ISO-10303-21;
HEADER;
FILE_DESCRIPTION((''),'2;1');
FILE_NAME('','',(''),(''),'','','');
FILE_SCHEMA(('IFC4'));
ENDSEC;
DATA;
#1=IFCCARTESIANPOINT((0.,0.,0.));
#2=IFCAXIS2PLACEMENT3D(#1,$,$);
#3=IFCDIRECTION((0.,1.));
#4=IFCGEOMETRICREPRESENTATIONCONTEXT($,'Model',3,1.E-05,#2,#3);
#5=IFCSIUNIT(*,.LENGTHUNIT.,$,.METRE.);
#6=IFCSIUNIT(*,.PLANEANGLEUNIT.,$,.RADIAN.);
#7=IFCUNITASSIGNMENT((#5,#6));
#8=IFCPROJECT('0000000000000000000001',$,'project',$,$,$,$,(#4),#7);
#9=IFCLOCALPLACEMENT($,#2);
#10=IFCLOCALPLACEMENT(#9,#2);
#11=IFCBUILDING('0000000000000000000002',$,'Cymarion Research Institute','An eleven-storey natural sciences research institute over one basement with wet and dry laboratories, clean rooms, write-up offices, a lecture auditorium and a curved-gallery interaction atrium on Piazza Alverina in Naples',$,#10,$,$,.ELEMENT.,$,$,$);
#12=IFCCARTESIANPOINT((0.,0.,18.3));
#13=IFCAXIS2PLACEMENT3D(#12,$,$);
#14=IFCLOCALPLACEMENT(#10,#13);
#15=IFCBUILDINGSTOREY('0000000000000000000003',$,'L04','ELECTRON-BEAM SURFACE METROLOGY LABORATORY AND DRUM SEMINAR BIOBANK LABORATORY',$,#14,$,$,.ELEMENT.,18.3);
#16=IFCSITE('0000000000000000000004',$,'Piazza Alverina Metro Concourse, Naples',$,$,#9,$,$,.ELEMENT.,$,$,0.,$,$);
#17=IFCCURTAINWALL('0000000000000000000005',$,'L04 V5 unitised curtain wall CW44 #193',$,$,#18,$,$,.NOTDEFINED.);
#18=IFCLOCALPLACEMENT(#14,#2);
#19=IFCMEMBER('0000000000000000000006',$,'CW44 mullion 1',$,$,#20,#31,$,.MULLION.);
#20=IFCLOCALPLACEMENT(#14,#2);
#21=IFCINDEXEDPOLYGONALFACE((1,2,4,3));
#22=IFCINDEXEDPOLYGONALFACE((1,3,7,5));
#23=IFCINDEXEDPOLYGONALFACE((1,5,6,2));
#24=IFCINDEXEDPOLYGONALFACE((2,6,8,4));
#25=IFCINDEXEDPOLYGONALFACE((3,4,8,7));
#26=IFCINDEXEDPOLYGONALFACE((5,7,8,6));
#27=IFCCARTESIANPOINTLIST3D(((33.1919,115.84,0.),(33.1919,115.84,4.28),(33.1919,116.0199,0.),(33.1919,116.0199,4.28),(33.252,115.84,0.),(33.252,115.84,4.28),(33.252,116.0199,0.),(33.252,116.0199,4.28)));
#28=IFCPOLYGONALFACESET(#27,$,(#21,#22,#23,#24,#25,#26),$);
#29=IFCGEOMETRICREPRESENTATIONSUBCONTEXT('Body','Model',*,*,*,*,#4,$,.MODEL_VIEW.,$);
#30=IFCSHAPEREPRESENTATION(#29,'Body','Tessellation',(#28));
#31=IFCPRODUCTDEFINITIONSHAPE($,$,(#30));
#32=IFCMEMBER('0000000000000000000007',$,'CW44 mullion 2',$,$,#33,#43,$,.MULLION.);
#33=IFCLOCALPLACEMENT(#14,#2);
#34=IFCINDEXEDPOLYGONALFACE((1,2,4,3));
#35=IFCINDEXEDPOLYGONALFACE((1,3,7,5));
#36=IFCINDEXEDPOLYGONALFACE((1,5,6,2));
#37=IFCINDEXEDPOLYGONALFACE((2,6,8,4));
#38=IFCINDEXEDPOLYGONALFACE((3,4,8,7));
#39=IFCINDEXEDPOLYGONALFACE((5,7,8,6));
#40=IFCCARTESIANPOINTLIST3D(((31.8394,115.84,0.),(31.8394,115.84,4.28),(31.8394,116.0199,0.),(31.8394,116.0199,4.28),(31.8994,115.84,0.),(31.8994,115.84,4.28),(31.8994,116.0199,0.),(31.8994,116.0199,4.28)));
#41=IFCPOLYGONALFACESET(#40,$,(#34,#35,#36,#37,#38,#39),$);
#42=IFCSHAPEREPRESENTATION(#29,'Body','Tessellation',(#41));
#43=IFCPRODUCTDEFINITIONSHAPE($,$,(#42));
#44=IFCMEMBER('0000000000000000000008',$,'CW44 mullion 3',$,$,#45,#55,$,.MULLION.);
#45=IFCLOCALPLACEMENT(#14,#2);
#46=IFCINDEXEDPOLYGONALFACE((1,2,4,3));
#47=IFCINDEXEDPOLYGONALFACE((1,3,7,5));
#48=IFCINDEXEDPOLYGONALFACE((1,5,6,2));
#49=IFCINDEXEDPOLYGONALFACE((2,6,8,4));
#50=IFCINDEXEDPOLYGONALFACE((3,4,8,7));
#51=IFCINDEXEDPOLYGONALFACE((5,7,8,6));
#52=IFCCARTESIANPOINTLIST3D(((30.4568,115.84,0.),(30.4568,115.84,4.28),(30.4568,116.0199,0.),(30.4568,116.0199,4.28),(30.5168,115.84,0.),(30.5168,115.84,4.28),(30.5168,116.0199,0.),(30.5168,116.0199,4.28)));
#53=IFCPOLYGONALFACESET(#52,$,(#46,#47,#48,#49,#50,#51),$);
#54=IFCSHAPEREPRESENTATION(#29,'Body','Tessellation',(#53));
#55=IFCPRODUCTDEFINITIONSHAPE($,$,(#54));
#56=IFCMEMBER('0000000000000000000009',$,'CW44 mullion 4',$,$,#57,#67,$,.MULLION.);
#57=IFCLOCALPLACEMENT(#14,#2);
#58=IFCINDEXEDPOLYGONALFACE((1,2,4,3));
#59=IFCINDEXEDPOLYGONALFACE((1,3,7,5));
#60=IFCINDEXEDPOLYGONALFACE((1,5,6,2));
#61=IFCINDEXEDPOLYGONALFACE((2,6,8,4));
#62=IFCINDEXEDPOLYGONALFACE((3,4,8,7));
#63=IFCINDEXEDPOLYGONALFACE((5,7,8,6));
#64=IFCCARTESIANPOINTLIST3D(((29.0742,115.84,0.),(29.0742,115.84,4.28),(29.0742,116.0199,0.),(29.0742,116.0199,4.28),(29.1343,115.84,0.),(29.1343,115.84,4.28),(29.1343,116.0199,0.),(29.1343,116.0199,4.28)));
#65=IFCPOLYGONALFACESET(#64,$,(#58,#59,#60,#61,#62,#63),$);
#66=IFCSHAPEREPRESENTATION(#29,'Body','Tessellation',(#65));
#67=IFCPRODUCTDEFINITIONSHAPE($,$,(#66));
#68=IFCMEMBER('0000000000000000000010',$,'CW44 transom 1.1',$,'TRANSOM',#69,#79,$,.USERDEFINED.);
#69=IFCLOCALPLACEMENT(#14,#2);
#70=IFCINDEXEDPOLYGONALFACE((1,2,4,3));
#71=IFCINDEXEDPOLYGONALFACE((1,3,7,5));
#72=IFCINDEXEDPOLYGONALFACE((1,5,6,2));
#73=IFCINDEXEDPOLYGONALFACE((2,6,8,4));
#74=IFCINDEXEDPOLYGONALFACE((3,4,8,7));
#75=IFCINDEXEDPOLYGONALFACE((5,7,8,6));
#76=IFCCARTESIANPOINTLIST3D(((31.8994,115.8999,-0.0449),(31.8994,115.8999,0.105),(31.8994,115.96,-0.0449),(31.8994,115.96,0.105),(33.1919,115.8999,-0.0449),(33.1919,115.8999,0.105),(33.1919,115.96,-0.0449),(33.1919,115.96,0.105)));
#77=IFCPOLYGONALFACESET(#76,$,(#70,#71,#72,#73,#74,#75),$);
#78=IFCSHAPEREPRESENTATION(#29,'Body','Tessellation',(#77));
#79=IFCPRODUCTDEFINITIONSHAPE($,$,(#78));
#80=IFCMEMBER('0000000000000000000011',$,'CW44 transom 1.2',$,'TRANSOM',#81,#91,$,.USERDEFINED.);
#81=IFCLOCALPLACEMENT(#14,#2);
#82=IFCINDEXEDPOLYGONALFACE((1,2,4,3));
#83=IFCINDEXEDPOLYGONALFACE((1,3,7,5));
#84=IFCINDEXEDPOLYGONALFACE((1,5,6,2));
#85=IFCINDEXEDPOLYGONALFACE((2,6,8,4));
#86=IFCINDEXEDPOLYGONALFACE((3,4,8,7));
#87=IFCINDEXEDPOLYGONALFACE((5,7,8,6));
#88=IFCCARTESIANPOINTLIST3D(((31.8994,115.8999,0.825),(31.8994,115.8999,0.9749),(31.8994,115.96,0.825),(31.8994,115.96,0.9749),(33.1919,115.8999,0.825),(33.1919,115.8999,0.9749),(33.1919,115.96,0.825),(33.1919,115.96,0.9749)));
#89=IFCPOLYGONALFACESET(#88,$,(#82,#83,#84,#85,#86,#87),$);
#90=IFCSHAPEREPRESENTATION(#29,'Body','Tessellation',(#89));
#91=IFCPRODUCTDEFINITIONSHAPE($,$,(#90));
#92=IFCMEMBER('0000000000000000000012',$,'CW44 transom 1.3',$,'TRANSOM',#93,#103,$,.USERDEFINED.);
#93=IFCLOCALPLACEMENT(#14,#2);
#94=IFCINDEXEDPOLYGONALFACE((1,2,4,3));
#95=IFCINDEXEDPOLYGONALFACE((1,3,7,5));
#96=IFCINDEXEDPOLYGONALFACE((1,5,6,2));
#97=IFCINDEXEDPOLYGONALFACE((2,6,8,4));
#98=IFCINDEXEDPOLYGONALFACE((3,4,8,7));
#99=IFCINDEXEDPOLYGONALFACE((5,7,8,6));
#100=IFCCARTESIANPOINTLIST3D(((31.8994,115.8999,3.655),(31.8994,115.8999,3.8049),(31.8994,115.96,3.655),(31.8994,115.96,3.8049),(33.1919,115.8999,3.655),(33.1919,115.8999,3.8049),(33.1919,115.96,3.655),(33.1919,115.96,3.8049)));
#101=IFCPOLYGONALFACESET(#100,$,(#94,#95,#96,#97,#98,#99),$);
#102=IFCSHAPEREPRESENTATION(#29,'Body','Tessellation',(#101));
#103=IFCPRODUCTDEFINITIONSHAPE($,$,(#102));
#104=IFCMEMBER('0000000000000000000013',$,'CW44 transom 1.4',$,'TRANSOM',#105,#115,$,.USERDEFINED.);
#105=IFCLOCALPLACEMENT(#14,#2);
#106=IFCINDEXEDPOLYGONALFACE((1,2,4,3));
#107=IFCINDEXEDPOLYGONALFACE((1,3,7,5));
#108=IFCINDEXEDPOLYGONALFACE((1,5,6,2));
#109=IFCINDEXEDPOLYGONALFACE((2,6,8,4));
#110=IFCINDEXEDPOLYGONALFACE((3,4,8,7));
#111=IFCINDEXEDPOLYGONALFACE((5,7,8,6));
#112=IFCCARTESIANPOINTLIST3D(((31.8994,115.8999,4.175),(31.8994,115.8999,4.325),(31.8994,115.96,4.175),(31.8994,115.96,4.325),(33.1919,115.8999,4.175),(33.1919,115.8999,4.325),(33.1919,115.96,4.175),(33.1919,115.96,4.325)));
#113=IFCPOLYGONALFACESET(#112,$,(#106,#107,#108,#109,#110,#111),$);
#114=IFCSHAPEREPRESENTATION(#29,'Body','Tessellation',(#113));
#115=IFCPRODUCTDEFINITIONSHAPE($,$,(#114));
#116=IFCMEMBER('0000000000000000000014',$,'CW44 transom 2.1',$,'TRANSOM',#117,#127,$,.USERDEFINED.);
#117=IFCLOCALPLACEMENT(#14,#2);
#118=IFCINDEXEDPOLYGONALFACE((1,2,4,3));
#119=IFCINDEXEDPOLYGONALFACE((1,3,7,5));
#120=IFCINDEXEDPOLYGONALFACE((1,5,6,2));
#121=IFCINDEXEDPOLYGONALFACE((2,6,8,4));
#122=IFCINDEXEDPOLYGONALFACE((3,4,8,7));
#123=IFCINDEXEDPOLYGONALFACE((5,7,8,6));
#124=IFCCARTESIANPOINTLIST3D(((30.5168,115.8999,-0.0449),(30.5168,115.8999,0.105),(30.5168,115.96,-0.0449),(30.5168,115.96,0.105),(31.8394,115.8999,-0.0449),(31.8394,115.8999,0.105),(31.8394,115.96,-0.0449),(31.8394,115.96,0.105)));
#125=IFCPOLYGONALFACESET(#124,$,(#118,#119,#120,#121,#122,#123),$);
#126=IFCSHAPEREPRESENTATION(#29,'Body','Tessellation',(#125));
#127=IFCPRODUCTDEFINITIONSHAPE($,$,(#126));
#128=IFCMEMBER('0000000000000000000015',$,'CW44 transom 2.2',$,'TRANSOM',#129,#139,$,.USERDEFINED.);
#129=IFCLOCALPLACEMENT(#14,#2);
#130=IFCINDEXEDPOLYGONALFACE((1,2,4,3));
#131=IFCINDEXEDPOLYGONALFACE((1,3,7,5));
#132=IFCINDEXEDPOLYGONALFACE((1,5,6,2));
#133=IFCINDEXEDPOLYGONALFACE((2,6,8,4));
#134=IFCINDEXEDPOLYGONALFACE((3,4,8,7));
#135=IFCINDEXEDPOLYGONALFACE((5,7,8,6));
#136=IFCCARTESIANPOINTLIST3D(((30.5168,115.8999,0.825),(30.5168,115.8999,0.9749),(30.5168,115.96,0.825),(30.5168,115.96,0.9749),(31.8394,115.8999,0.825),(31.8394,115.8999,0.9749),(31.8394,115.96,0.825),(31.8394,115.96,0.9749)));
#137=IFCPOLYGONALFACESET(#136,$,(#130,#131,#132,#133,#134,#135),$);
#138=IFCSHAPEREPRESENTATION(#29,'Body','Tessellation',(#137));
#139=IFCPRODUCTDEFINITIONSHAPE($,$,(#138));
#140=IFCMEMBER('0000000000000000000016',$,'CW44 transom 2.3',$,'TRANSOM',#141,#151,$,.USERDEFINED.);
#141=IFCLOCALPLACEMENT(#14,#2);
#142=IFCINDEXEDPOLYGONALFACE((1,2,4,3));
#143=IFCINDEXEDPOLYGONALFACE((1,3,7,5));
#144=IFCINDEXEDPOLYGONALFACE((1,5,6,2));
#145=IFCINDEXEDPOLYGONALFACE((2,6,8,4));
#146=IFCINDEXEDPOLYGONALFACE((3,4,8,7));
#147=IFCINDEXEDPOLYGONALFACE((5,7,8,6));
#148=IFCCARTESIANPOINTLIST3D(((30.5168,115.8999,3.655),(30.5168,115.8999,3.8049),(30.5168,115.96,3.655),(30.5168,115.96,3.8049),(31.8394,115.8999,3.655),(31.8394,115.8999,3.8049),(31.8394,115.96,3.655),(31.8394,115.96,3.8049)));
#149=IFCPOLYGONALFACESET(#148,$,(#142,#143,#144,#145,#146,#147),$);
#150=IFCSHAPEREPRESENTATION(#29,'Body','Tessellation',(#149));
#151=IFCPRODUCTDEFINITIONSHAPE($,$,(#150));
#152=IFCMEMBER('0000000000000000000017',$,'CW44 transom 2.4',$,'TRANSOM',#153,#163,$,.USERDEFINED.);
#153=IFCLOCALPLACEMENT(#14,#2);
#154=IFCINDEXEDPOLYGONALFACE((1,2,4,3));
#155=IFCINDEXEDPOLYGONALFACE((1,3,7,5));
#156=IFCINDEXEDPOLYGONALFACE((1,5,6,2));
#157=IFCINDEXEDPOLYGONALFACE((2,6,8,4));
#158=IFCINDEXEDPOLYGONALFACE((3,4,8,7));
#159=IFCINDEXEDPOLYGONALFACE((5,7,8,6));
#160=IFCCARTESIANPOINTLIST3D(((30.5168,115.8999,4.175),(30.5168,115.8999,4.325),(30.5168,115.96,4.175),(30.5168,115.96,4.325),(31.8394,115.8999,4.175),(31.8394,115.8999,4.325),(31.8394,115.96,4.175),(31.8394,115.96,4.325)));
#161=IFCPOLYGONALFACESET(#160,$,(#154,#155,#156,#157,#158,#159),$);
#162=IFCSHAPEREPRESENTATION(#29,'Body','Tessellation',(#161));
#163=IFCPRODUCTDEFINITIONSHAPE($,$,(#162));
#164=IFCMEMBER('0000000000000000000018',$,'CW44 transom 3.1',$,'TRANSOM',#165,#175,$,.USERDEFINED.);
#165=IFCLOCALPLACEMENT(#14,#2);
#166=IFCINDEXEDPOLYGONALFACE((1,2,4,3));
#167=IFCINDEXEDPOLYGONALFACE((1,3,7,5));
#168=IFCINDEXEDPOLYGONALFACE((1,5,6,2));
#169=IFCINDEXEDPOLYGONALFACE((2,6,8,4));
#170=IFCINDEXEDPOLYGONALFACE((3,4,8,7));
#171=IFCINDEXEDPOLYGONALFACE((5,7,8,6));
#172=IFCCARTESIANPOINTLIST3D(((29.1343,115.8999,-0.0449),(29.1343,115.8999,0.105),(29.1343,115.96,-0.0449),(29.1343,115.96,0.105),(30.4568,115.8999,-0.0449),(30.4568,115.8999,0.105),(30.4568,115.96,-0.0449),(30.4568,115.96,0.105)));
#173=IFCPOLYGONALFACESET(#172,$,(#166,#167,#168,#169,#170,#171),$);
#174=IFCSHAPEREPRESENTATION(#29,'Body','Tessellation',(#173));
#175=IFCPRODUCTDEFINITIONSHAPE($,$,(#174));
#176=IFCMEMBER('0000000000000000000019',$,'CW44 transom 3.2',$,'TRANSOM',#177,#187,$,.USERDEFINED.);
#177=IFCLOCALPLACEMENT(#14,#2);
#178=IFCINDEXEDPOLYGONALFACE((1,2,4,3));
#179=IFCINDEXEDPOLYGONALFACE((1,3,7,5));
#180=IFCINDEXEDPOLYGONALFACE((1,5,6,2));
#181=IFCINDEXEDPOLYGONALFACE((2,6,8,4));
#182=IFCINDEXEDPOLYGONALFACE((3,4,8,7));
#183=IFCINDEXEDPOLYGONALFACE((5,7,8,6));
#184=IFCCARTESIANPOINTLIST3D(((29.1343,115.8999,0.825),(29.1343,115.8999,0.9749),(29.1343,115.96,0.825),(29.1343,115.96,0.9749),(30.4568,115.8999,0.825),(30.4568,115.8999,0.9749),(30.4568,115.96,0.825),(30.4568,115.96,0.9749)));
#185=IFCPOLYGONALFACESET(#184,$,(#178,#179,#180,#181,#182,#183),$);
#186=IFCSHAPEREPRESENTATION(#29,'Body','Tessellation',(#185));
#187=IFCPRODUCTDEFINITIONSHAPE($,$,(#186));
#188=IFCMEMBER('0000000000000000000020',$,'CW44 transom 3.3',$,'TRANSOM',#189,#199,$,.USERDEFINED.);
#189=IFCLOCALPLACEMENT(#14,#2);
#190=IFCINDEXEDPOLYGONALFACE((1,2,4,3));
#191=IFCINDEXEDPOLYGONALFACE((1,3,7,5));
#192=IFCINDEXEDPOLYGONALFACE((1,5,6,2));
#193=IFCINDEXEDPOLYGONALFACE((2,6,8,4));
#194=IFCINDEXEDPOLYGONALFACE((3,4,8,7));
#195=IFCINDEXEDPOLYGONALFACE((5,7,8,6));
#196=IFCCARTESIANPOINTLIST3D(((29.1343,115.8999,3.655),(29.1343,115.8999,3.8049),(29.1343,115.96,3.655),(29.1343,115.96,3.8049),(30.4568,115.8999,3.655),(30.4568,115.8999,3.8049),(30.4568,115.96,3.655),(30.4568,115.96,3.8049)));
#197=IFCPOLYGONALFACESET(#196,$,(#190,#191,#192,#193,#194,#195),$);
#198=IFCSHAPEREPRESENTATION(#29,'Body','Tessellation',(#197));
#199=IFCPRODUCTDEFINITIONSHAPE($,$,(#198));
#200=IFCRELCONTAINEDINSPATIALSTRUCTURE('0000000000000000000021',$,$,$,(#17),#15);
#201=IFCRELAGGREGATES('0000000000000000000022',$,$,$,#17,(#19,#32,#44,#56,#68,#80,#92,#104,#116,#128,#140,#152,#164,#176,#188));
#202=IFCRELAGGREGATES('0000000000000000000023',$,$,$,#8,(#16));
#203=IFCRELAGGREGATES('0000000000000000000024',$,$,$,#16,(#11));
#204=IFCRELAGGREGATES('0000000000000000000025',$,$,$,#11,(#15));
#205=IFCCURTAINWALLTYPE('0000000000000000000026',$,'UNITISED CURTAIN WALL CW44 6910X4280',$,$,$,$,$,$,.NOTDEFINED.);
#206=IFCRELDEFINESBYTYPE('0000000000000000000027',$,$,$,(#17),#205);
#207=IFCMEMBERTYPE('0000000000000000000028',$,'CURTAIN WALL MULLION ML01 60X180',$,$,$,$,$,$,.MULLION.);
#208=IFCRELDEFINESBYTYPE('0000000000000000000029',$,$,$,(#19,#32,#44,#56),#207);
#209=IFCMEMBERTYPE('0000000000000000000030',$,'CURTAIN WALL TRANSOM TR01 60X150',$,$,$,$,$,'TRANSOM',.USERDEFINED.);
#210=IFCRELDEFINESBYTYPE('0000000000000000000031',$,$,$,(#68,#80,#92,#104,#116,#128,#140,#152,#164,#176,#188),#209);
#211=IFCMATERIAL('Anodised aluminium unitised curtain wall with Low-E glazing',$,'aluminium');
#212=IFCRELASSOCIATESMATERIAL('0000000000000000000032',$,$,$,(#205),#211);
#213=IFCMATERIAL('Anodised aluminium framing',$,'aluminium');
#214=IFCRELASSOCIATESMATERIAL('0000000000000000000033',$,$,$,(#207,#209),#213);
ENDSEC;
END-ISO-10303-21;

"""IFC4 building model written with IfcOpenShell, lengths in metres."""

from ifc_helpers import new_model, si_unit, direction, frame, origin, origin_2d, place, context, subcontext, project, spatial, rectangle, extrude, material, material_profile, profile_set, type_object, element, aggregate, save


model = new_model("IFC4")

# Units and contexts
model_context = context("Model", 3, precision=1e-05, world=origin(), true_north=direction((0.0, 1.0)))
body_context = subcontext(model_context, "Body", "Model", "MODEL_VIEW")
ifc_project = project(units=[si_unit("LENGTHUNIT", "METRE"), si_unit("PLANEANGLEUNIT", "RADIAN")], contexts=[model_context])

# Site, building, storey
site_placement = place(None, origin())
site = spatial("IfcSite", under=ifc_project, at=site_placement, Name="Piazza Alverina Metro Concourse, Naples", CompositionType="ELEMENT", RefElevation=0.0)
building_placement = place(site_placement, origin())
building = spatial("IfcBuilding", under=site, at=building_placement, Name="Cymarion Research Institute", Description="An eleven-storey natural sciences research institute over one basement with wet and dry laboratories, clean rooms, write-up offices, a lecture auditorium and a curved-gallery interaction atrium on Piazza Alverina in Naples", CompositionType="ELEMENT")
storey_placement = place(building_placement, frame((0.0, 0.0, 18.3)))
storey = spatial("IfcBuildingStorey", under=building, at=storey_placement, Name="L04", Description="ELECTRON-BEAM SURFACE METROLOGY LABORATORY AND DRUM SEMINAR BIOBANK LABORATORY", CompositionType="ELEMENT", Elevation=18.3)

# Curtain wall, members
ifc_material_1 = material(Name="Anodised aluminium unitised curtain wall with Low-E glazing", Category="aluminium")
curtain_wall_type = type_object("IfcCurtainWallType", Name="UNITISED CURTAIN WALL CW44 6910X4280", PredefinedType="NOTDEFINED", material=ifc_material_1)
curtain_wall_placement = place(storey_placement, origin())
curtain_wall = element("IfcCurtainWall", 1, at=curtain_wall_placement, inside=storey, type_object=curtain_wall_type, Name="L04 V5 unitised curtain wall CW44 #193", PredefinedType="NOTDEFINED")
ifc_material_2 = material(Name="Anodised aluminium framing", Category="aluminium")
ifc_material_profile_1 = material_profile(ifc_material_2, rectangle(XDim=0.0601, YDim=0.1799, at=origin_2d()), Name="ALU MULLION 60x180")
ifc_profile_set_1 = profile_set([ifc_material_profile_1], Name="Anodised aluminium framing")
member_type_1 = type_object("IfcMemberType", Name="CURTAIN WALL MULLION ML01 60X180", PredefinedType="MULLION", material=ifc_profile_set_1)
member_1_placement = place(storey_placement, frame((33.2219, 115.9299, 0.0), z_axis=(0.0, 0.0, 1.0), x_axis=(-1.0, 0.0, 0.0)))
member_1 = element("IfcMember", 2, at=member_1_placement, type_object=member_type_1, Name="CW44 mullion 1", PredefinedType="MULLION", context=body_context, shape_type="SweptSolid", body=[
    extrude(rectangle(XDim=0.0601, YDim=0.1799, at=origin_2d()), origin(), (0.0, 0.0, 1.0), 4.28),
])
member_2_placement = place(storey_placement, frame((31.8694, 115.9299, 0.0), z_axis=(0.0, 0.0, 1.0), x_axis=(-1.0, 0.0, 0.0)))
member_2 = element("IfcMember", 3, at=member_2_placement, type_object=member_type_1, Name="CW44 mullion 2", PredefinedType="MULLION", context=body_context, shape_type="SweptSolid", body=[
    extrude(rectangle(XDim=0.0601, YDim=0.1799, at=origin_2d()), origin(), (0.0, 0.0, 1.0), 4.28),
])
member_3_placement = place(storey_placement, frame((30.4868, 115.9299, 0.0), z_axis=(0.0, 0.0, 1.0), x_axis=(-1.0, 0.0, 0.0)))
member_3 = element("IfcMember", 4, at=member_3_placement, type_object=member_type_1, Name="CW44 mullion 3", PredefinedType="MULLION", context=body_context, shape_type="SweptSolid", body=[
    extrude(rectangle(XDim=0.0601, YDim=0.1799, at=origin_2d()), origin(), (0.0, 0.0, 1.0), 4.28),
])
member_4_placement = place(storey_placement, frame((29.1042, 115.9299, 0.0), z_axis=(0.0, 0.0, 1.0), x_axis=(-1.0, 0.0, 0.0)))
member_4 = element("IfcMember", 5, at=member_4_placement, type_object=member_type_1, Name="CW44 mullion 4", PredefinedType="MULLION", context=body_context, shape_type="SweptSolid", body=[
    extrude(rectangle(XDim=0.0601, YDim=0.1799, at=origin_2d()), origin(), (0.0, 0.0, 1.0), 4.28),
])
ifc_material_profile_2 = material_profile(ifc_material_2, rectangle(XDim=0.0601, YDim=0.1499, at=origin_2d()), Name="ALU TRANSOM 60x150")
ifc_profile_set_2 = profile_set([ifc_material_profile_2], Name="Anodised aluminium framing")
member_type_2 = type_object("IfcMemberType", Name="CURTAIN WALL TRANSOM TR01 60X150", ElementType="TRANSOM", PredefinedType="USERDEFINED", material=ifc_profile_set_2)
member_5_placement = place(storey_placement, frame((33.1919, 115.9299, 0.03), z_axis=(-1.0, 0.0, 0.0), x_axis=(0.0, -1.0, 0.0)))
member_5 = element("IfcMember", 6, at=member_5_placement, type_object=member_type_2, Name="CW44 transom 1.1", ObjectType="TRANSOM", PredefinedType="USERDEFINED", context=body_context, shape_type="SweptSolid", body=[
    extrude(rectangle(XDim=0.0601, YDim=0.1499, at=origin_2d()), origin(), (0.0, 0.0, 1.0), 1.2925),
])
member_6_placement = place(storey_placement, frame((33.1919, 115.9299, 0.8999), z_axis=(-1.0, 0.0, 0.0), x_axis=(0.0, -1.0, 0.0)))
member_6 = element("IfcMember", 7, at=member_6_placement, type_object=member_type_2, Name="CW44 transom 1.2", ObjectType="TRANSOM", PredefinedType="USERDEFINED", context=body_context, shape_type="SweptSolid", body=[
    extrude(rectangle(XDim=0.0601, YDim=0.1499, at=origin_2d()), origin(), (0.0, 0.0, 1.0), 1.2925),
])
member_7_placement = place(storey_placement, frame((33.1919, 115.9299, 3.73), z_axis=(-1.0, 0.0, 0.0), x_axis=(0.0, -1.0, 0.0)))
member_7 = element("IfcMember", 8, at=member_7_placement, type_object=member_type_2, Name="CW44 transom 1.3", ObjectType="TRANSOM", PredefinedType="USERDEFINED", context=body_context, shape_type="SweptSolid", body=[
    extrude(rectangle(XDim=0.0601, YDim=0.1499, at=origin_2d()), origin(), (0.0, 0.0, 1.0), 1.2925),
])
member_8_placement = place(storey_placement, frame((33.1919, 115.9299, 4.25), z_axis=(-1.0, 0.0, 0.0), x_axis=(0.0, -1.0, 0.0)))
member_8 = element("IfcMember", 9, at=member_8_placement, type_object=member_type_2, Name="CW44 transom 1.4", ObjectType="TRANSOM", PredefinedType="USERDEFINED", context=body_context, shape_type="SweptSolid", body=[
    extrude(rectangle(XDim=0.0601, YDim=0.1499, at=origin_2d()), origin(), (0.0, 0.0, 1.0), 1.2925),
])
member_9_placement = place(storey_placement, frame((31.8394, 115.9299, 0.03), z_axis=(-1.0, 0.0, 0.0), x_axis=(0.0, -1.0, 0.0)))
member_9 = element("IfcMember", 10, at=member_9_placement, type_object=member_type_2, Name="CW44 transom 2.1", ObjectType="TRANSOM", PredefinedType="USERDEFINED", context=body_context, shape_type="SweptSolid", body=[
    extrude(rectangle(XDim=0.0601, YDim=0.1499, at=origin_2d()), origin(), (0.0, 0.0, 1.0), 1.3225),
])
member_10_placement = place(storey_placement, frame((31.8394, 115.9299, 0.8999), z_axis=(-1.0, 0.0, 0.0), x_axis=(0.0, -1.0, 0.0)))
member_10 = element("IfcMember", 11, at=member_10_placement, type_object=member_type_2, Name="CW44 transom 2.2", ObjectType="TRANSOM", PredefinedType="USERDEFINED", context=body_context, shape_type="SweptSolid", body=[
    extrude(rectangle(XDim=0.0601, YDim=0.1499, at=origin_2d()), origin(), (0.0, 0.0, 1.0), 1.3225),
])
member_11_placement = place(storey_placement, frame((31.8394, 115.9299, 3.73), z_axis=(-1.0, 0.0, 0.0), x_axis=(0.0, -1.0, 0.0)))
member_11 = element("IfcMember", 12, at=member_11_placement, type_object=member_type_2, Name="CW44 transom 2.3", ObjectType="TRANSOM", PredefinedType="USERDEFINED", context=body_context, shape_type="SweptSolid", body=[
    extrude(rectangle(XDim=0.0601, YDim=0.1499, at=origin_2d()), origin(), (0.0, 0.0, 1.0), 1.3225),
])
member_12_placement = place(storey_placement, frame((31.8394, 115.9299, 4.25), z_axis=(-1.0, 0.0, 0.0), x_axis=(0.0, -1.0, 0.0)))
member_12 = element("IfcMember", 13, at=member_12_placement, type_object=member_type_2, Name="CW44 transom 2.4", ObjectType="TRANSOM", PredefinedType="USERDEFINED", context=body_context, shape_type="SweptSolid", body=[
    extrude(rectangle(XDim=0.0601, YDim=0.1499, at=origin_2d()), origin(), (0.0, 0.0, 1.0), 1.3225),
])
member_13_placement = place(storey_placement, frame((30.4568, 115.9299, 0.03), z_axis=(-1.0, 0.0, 0.0), x_axis=(0.0, -1.0, 0.0)))
member_13 = element("IfcMember", 14, at=member_13_placement, type_object=member_type_2, Name="CW44 transom 3.1", ObjectType="TRANSOM", PredefinedType="USERDEFINED", context=body_context, shape_type="SweptSolid", body=[
    extrude(rectangle(XDim=0.0601, YDim=0.1499, at=origin_2d()), origin(), (0.0, 0.0, 1.0), 1.3225),
])
member_14_placement = place(storey_placement, frame((30.4568, 115.9299, 0.8999), z_axis=(-1.0, 0.0, 0.0), x_axis=(0.0, -1.0, 0.0)))
member_14 = element("IfcMember", 15, at=member_14_placement, type_object=member_type_2, Name="CW44 transom 3.2", ObjectType="TRANSOM", PredefinedType="USERDEFINED", context=body_context, shape_type="SweptSolid", body=[
    extrude(rectangle(XDim=0.0601, YDim=0.1499, at=origin_2d()), origin(), (0.0, 0.0, 1.0), 1.3225),
])
member_15_placement = place(storey_placement, frame((30.4568, 115.9299, 3.73), z_axis=(-1.0, 0.0, 0.0), x_axis=(0.0, -1.0, 0.0)))
member_15 = element("IfcMember", 16, at=member_15_placement, type_object=member_type_2, Name="CW44 transom 3.3", ObjectType="TRANSOM", PredefinedType="USERDEFINED", context=body_context, shape_type="SweptSolid", body=[
    extrude(rectangle(XDim=0.0601, YDim=0.1499, at=origin_2d()), origin(), (0.0, 0.0, 1.0), 1.3225),
])
aggregate(curtain_wall, [member_1, member_2, member_3, member_4, member_5, member_6, member_7, member_8, member_9, member_10, member_11, member_12, member_13, member_14, member_15])

save(model, "model.ifc")
